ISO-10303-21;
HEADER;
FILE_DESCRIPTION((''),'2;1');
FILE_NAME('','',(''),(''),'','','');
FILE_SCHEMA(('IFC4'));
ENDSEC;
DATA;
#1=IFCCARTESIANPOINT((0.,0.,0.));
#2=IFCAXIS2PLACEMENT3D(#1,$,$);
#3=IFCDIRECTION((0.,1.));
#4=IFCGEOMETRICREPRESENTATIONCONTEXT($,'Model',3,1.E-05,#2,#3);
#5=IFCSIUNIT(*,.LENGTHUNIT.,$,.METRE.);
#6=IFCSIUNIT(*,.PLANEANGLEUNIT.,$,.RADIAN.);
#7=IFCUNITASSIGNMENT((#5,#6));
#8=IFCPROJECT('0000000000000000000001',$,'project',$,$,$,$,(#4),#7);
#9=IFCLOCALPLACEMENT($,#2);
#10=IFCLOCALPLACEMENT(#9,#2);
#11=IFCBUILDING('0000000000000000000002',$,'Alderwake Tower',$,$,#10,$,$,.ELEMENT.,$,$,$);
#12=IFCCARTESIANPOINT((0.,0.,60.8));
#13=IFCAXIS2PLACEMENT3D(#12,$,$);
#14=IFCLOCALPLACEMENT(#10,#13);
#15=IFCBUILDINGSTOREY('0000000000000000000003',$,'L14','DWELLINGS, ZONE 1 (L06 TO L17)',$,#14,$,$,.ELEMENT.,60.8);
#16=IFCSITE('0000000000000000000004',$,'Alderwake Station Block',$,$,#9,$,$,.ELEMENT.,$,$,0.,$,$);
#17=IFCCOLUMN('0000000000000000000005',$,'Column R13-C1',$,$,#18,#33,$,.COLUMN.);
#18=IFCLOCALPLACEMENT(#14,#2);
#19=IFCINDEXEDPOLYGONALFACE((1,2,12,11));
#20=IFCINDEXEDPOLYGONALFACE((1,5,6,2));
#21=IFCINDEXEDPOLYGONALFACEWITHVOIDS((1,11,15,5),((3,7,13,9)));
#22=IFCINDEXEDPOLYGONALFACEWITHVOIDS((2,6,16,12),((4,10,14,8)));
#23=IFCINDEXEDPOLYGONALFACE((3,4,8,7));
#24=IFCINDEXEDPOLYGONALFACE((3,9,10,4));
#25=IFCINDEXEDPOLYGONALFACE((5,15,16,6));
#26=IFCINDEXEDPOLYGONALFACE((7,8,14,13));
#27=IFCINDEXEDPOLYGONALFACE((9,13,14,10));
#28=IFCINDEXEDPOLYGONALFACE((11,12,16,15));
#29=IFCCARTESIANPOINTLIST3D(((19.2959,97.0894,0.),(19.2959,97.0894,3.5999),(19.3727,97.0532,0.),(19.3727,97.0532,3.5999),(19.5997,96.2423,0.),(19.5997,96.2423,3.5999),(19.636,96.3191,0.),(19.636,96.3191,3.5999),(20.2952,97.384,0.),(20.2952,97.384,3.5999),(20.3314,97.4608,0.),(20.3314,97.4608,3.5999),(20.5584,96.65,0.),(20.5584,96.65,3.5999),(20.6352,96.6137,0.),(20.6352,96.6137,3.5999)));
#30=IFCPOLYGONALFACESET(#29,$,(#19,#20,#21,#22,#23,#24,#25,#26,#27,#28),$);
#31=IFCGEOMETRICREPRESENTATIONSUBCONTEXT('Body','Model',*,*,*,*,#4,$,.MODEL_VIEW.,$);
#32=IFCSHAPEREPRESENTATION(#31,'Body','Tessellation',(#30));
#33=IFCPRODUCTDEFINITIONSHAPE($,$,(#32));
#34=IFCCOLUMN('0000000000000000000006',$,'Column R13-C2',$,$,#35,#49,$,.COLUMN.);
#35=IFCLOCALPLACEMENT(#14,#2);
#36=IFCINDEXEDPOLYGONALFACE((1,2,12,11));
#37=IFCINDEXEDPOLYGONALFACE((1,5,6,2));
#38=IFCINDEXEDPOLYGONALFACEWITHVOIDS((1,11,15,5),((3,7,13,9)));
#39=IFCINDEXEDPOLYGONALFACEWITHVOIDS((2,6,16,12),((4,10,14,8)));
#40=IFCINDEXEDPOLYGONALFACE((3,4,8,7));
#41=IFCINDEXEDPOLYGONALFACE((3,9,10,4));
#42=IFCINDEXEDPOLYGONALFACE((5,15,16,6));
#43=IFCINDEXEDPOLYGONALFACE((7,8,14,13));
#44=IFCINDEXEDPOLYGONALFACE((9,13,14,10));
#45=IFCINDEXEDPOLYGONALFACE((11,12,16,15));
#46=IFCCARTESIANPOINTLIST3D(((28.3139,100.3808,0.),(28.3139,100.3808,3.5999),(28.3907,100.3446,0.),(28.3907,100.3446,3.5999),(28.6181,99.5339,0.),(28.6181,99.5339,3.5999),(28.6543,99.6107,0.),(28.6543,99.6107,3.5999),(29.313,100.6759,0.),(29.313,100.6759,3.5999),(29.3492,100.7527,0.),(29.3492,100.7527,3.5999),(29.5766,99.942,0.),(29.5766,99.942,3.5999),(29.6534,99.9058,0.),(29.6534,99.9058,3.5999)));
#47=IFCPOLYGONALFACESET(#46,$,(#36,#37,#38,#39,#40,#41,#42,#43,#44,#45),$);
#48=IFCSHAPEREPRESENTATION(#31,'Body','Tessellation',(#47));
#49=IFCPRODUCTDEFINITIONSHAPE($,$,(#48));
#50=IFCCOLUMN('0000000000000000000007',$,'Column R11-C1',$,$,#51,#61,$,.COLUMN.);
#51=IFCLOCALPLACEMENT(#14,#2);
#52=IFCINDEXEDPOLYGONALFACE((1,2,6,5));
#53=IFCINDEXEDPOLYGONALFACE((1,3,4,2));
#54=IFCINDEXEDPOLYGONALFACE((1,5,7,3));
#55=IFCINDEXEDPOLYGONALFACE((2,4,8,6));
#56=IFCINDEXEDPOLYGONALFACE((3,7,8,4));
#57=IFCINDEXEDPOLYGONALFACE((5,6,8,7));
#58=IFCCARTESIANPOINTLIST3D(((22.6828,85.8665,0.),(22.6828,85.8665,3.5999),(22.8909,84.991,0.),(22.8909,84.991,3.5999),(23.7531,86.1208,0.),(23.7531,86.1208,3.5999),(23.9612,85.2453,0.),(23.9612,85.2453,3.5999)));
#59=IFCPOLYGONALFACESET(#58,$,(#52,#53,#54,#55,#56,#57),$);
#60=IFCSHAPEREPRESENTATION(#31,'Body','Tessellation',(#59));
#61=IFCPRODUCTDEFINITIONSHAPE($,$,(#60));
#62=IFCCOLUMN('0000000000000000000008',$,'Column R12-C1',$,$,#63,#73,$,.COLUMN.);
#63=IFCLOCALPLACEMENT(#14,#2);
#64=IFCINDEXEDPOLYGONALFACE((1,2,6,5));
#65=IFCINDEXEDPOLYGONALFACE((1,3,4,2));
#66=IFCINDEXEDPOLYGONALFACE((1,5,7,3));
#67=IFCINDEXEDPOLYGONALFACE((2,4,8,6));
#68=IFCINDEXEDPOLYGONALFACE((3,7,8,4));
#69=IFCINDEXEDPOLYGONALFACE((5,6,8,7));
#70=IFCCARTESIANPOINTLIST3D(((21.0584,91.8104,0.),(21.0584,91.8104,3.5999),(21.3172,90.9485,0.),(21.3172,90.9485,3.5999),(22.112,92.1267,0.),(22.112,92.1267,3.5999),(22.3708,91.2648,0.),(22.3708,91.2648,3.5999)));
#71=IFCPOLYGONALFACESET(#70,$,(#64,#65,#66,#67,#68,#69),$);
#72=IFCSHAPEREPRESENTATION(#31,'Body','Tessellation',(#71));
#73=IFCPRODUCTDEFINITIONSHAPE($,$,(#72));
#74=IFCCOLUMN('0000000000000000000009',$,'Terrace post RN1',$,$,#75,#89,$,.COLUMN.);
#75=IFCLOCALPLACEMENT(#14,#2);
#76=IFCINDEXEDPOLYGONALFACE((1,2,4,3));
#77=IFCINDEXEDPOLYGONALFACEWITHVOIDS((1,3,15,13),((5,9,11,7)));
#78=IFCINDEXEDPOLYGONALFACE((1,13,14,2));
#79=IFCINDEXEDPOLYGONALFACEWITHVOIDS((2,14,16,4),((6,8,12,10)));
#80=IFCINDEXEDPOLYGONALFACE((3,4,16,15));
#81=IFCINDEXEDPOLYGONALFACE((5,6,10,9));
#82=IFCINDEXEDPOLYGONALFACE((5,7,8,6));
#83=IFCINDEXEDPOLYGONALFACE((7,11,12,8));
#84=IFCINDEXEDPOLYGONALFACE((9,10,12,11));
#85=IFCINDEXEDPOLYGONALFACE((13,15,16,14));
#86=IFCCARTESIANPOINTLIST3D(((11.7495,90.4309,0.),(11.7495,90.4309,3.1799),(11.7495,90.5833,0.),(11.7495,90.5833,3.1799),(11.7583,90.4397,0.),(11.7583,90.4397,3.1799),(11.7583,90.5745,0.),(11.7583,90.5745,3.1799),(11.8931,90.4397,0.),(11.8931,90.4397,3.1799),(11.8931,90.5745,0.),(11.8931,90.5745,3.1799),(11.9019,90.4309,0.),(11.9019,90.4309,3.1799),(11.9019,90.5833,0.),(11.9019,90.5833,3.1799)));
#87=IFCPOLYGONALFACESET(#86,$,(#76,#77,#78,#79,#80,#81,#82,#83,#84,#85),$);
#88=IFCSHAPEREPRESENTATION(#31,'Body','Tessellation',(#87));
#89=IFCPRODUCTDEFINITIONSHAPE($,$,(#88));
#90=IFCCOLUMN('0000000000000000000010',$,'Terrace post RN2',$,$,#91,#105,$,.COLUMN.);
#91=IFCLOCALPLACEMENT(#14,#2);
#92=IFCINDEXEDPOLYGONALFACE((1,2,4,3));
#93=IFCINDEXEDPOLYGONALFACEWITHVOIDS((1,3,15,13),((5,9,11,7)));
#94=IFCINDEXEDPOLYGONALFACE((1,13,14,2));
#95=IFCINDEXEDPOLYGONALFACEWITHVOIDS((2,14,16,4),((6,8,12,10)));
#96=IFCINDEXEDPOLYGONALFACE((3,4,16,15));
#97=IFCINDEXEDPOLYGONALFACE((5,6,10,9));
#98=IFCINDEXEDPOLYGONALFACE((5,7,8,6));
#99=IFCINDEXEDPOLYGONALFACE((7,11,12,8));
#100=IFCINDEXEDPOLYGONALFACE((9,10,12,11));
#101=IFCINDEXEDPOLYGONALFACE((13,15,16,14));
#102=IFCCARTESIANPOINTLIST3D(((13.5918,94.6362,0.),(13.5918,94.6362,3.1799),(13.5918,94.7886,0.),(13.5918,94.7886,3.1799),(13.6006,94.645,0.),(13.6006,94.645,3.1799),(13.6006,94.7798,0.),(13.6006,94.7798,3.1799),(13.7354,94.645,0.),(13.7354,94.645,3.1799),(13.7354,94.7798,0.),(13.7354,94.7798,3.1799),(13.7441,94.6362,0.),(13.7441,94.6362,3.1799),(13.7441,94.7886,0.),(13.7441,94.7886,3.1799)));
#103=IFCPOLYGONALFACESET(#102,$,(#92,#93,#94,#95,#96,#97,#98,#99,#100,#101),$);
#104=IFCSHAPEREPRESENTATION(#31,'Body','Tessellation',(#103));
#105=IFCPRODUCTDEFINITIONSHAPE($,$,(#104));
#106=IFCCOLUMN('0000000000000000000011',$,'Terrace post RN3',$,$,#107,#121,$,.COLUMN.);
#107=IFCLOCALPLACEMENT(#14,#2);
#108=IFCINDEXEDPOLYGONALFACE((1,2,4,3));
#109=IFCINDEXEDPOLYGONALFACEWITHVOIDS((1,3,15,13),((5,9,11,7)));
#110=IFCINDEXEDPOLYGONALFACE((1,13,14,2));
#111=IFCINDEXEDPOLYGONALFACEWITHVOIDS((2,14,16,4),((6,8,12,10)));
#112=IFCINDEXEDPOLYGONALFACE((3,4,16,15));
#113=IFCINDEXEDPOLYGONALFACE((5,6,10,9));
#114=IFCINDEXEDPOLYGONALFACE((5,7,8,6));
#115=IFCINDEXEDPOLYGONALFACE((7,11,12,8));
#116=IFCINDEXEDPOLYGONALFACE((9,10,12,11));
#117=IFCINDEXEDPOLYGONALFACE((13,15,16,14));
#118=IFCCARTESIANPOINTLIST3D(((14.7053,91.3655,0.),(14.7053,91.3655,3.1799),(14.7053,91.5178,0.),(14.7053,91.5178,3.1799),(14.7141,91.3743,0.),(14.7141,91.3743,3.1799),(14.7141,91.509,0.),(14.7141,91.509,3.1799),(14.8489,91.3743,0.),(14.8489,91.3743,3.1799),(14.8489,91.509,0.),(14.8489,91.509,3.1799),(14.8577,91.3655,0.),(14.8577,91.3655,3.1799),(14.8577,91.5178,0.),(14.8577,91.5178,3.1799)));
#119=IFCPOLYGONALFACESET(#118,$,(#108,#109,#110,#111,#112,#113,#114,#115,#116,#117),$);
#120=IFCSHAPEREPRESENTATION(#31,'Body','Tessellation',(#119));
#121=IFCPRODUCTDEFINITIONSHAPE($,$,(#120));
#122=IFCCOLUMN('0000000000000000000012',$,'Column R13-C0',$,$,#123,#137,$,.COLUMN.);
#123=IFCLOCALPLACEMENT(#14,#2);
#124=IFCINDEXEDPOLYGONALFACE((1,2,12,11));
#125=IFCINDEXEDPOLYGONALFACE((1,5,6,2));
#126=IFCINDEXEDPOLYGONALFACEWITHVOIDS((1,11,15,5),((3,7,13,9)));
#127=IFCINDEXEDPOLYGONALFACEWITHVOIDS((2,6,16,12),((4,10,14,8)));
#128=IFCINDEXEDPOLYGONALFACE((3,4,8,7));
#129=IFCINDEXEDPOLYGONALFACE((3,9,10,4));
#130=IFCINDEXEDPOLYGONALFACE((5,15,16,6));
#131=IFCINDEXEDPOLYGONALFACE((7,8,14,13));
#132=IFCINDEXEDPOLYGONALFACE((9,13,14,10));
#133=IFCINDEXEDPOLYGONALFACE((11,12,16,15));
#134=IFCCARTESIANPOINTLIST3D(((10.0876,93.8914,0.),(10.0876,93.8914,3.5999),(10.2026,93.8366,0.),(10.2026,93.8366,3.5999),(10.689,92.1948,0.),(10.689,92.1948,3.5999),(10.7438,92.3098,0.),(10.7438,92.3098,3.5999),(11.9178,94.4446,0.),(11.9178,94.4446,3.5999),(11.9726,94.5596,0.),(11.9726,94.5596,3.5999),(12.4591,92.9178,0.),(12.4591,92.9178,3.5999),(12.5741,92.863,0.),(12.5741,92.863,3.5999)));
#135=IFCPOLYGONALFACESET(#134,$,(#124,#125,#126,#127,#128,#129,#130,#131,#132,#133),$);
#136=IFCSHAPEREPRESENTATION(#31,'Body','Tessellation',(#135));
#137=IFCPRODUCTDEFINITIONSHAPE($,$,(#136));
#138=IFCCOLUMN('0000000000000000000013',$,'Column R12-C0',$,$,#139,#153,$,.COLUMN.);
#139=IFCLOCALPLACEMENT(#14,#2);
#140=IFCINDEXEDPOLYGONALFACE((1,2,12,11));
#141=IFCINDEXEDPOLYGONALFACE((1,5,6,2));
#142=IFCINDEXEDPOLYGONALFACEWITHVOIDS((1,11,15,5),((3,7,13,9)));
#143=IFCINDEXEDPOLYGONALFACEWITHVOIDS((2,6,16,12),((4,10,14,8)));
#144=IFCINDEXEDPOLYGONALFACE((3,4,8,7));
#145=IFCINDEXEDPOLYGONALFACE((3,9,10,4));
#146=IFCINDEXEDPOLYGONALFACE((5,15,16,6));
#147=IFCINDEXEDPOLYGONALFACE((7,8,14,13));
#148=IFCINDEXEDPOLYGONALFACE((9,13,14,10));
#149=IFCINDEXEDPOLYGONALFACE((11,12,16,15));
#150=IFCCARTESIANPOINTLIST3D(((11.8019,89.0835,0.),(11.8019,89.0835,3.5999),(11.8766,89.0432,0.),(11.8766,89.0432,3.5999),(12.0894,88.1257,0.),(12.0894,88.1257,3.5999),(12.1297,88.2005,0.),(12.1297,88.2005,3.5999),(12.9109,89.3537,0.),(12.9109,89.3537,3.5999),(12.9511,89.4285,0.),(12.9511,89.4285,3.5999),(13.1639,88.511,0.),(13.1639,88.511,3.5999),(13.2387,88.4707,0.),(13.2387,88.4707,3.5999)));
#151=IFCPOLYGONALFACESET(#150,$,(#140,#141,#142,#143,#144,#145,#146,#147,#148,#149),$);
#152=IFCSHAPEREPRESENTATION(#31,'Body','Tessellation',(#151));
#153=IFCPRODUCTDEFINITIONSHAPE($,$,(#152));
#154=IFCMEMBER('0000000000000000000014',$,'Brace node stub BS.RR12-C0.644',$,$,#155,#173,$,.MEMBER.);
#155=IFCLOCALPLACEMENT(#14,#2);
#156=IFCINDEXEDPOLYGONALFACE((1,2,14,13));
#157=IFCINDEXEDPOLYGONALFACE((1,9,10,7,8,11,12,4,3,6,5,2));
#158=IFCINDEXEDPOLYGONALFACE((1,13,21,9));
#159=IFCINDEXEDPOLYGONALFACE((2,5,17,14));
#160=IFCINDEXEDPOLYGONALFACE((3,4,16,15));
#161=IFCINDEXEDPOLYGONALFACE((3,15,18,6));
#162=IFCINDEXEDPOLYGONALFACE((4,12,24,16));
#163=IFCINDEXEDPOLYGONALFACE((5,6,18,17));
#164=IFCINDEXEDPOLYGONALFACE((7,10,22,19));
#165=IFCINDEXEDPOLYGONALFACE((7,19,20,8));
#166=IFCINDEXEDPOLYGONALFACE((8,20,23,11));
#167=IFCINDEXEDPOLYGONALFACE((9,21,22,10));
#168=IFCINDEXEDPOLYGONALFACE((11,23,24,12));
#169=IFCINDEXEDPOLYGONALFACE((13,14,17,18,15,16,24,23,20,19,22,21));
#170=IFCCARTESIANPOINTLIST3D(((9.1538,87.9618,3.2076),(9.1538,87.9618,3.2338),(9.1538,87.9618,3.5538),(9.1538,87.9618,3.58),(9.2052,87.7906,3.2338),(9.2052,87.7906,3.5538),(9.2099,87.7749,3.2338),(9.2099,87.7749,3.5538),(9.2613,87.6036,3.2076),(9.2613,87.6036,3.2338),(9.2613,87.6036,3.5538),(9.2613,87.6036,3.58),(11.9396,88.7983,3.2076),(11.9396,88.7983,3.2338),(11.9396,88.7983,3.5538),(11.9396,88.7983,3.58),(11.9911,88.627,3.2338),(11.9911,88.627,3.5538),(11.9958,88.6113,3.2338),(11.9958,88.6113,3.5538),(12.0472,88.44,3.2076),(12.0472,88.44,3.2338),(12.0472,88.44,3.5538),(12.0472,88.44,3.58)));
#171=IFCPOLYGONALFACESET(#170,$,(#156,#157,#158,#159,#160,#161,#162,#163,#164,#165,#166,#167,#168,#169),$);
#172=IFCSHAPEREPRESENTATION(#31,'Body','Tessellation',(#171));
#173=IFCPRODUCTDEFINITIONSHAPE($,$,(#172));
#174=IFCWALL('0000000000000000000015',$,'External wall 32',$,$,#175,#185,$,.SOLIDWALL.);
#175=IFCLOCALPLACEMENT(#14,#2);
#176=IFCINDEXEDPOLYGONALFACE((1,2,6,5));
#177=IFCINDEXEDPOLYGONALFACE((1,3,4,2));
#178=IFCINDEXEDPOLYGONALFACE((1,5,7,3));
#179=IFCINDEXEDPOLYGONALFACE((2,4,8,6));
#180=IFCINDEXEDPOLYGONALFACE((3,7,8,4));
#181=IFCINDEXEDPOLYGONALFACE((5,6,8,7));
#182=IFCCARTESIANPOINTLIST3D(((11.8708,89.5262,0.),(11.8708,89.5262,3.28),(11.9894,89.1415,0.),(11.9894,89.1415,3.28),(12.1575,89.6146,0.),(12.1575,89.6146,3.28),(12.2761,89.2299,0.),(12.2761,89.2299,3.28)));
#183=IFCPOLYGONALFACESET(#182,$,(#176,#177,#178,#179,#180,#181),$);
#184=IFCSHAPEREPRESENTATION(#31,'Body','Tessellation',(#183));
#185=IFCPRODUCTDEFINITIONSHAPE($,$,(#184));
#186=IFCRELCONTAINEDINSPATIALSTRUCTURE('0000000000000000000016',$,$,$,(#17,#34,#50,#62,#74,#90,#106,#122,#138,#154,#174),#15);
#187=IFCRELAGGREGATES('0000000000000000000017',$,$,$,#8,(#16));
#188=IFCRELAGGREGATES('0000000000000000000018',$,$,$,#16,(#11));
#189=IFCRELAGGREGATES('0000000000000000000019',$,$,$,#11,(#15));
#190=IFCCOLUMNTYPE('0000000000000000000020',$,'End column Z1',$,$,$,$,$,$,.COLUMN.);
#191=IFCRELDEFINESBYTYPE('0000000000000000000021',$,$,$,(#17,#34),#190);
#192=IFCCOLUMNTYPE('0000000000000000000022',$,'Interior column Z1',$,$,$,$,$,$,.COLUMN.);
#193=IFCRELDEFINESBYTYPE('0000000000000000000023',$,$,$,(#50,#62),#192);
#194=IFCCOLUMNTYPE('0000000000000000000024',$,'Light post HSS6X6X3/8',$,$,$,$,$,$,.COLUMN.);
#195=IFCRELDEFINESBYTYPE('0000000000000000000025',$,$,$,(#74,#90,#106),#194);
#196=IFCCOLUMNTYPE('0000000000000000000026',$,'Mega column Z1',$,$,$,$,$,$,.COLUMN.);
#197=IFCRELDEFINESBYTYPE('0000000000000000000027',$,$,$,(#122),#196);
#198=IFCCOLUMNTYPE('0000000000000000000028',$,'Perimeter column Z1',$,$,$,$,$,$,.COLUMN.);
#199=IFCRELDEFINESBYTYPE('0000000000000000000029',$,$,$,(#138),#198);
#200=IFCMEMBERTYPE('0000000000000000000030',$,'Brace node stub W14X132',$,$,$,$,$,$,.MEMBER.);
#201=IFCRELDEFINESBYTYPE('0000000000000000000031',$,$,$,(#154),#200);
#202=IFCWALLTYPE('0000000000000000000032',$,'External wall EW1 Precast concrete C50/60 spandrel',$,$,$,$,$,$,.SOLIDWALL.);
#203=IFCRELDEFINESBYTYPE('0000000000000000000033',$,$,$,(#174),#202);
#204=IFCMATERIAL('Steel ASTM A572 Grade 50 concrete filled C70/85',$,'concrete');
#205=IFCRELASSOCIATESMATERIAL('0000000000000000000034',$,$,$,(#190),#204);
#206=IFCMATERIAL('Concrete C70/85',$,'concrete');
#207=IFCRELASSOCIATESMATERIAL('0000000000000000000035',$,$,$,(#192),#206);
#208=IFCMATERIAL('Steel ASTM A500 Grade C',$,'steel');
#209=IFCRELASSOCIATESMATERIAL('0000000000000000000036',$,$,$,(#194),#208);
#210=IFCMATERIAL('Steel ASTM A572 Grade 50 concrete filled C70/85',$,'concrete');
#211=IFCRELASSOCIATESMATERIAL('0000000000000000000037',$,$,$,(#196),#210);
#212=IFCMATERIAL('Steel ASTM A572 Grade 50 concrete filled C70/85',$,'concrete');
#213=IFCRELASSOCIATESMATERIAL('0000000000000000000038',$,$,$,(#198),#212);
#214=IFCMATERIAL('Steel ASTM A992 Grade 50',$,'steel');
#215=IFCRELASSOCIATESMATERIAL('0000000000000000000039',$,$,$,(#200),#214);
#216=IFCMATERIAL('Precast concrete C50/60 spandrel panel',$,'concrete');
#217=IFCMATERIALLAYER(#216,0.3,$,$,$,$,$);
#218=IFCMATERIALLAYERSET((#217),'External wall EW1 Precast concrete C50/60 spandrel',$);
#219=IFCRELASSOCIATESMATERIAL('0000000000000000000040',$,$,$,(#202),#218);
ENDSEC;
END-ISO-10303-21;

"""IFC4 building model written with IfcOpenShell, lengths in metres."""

from ifc_helpers import new_model, si_unit, direction, frame, frame_2d, origin, origin_2d, place, context, subcontext, project, spatial, rectangle, hollow_rectangle, i_section, extrude, material, layer, layer_set, material_profile, profile_set, type_object, element, save


model = new_model("IFC4")

# Units and contexts
model_context = context("Model", 3, precision=1e-05, world=origin(), true_north=direction((0.0, 1.0)))
body_context = subcontext(model_context, "Body", "Model", "MODEL_VIEW")
ifc_project = project(units=[si_unit("LENGTHUNIT", "METRE"), si_unit("PLANEANGLEUNIT", "RADIAN")], contexts=[model_context])

# Site, building, storey
site_placement = place(None, origin())
site = spatial("IfcSite", under=ifc_project, at=site_placement, Name="Alderwake Station Block", CompositionType="ELEMENT", RefElevation=0.0)
building_placement = place(site_placement, origin())
building = spatial("IfcBuilding", under=site, at=building_placement, Name="Alderwake Tower", CompositionType="ELEMENT")
storey_placement = place(building_placement, frame((0.0, 0.0, 60.8)))
storey = spatial("IfcBuildingStorey", under=building, at=storey_placement, Name="L14", Description="DWELLINGS, ZONE 1 (L06 TO L17)", CompositionType="ELEMENT", Elevation=60.8)

# Columns
ifc_material_1 = material(Name="Steel ASTM A572 Grade 50 concrete filled C70/85", Category="concrete")
ifc_material_profile_1 = material_profile(ifc_material_1, hollow_rectangle(XDim=0.8999, YDim=1.1001, WallThickness=0.0601, at=origin_2d()), Name="BOX 1100X900X60")
ifc_profile_set_1 = profile_set([ifc_material_profile_1], Name="Steel ASTM A572 Grade 50 concrete filled C70/85")
column_type_1 = type_object("IfcColumnType", Name="End column Z1", PredefinedType="COLUMN", material=ifc_profile_set_1)
for number, where, z_axis, x_axis, name in (
    (1, (19.9656, 96.8516, 0.0), (0.0, 0.0, 1.0), (-0.337585, 0.941295, 0.0), "Column R13-C1"),
    (2, (28.9836, 100.1433, 0.0), (0.0, 0.0, 1.0), (-0.338027, 0.941136, 0.0), "Column R13-C2"),
):
    element("IfcColumn", number, at=place(storey_placement, frame(where, z_axis=z_axis, x_axis=x_axis)), inside=storey, type_object=column_type_1, Name=name, PredefinedType="COLUMN", context=body_context, shape_type="SweptSolid", body=[
        extrude(hollow_rectangle(XDim=0.8999, YDim=1.1001, WallThickness=0.0601, at=origin_2d()), origin(), (0.0, 0.0, 1.0), 3.5999),
    ])
ifc_material_2 = material(Name="Concrete C70/85", Category="concrete")
ifc_material_profile_2 = material_profile(ifc_material_2, rectangle(XDim=0.8999, YDim=1.1001, at=origin_2d()), Name="RC 1100X900")
ifc_profile_set_2 = profile_set([ifc_material_profile_2], Name="Concrete C70/85")
column_type_2 = type_object("IfcColumnType", Name="Interior column Z1", PredefinedType="COLUMN", material=ifc_profile_set_2)
for number, where, z_axis, x_axis, name in (
    (3, (23.322, 85.5559, 0.0), (0.0, 0.0, 1.0), (-0.231222, 0.972901, 0.0), "Column R11-C1"),
    (4, (21.7146, 91.5376, 0.0), (0.0, 0.0, 1.0), (-0.287549, 0.957766, 0.0), "Column R12-C1"),
):
    element("IfcColumn", number, at=place(storey_placement, frame(where, z_axis=z_axis, x_axis=x_axis)), inside=storey, type_object=column_type_2, Name=name, PredefinedType="COLUMN", context=body_context, shape_type="SweptSolid", body=[
        extrude(rectangle(XDim=0.8999, YDim=1.1001, at=origin_2d()), origin(), (0.0, 0.0, 1.0), 3.5999),
    ])
ifc_material_3 = material(Name="Steel ASTM A500 Grade C", Category="steel")
ifc_material_profile_3 = material_profile(ifc_material_3, hollow_rectangle(XDim=0.1523, YDim=0.1523, WallThickness=0.0088, at=origin_2d()), Name="HSS6X6X3/8")
ifc_profile_set_3 = profile_set([ifc_material_profile_3], Name="Steel ASTM A500 Grade C")
column_type_3 = type_object("IfcColumnType", Name="Light post HSS6X6X3/8", PredefinedType="COLUMN", material=ifc_profile_set_3)
for number, where, z_axis, x_axis, name in (
    (5, (11.8257, 90.5071, 0.0), (0.0, 0.0, 1.0), (1.0, 0.0, 0.0), "Terrace post RN1"),
    (6, (13.668, 94.7124, 0.0), (0.0, 0.0, 1.0), (1.0, 0.0, 0.0), "Terrace post RN2"),
    (7, (14.7815, 91.4417, 0.0), (0.0, 0.0, 1.0), (1.0, 0.0, 0.0), "Terrace post RN3"),
):
    element("IfcColumn", number, at=place(storey_placement, frame(where, z_axis=z_axis, x_axis=x_axis)), inside=storey, type_object=column_type_3, Name=name, PredefinedType="COLUMN", context=body_context, shape_type="SweptSolid", body=[
        extrude(hollow_rectangle(XDim=0.1523, YDim=0.1523, WallThickness=0.0088, at=origin_2d()), origin(), (0.0, 0.0, 1.0), 3.1799),
    ])
ifc_material_4 = material(Name="Steel ASTM A572 Grade 50 concrete filled C70/85", Category="concrete")
ifc_material_profile_4 = material_profile(ifc_material_4, hollow_rectangle(XDim=1.8, YDim=2.0, WallThickness=0.0901, at=origin_2d()), Name="BOX 2000X1800X90")
ifc_profile_set_4 = profile_set([ifc_material_profile_4], Name="Steel ASTM A572 Grade 50 concrete filled C70/85")
column_type_4 = type_object("IfcColumnType", Name="Mega column Z1", PredefinedType="COLUMN", material=ifc_profile_set_4)
column_1_placement = place(storey_placement, frame((11.3308, 93.3772, 0.0), z_axis=(0.0, 0.0, 1.0), x_axis=(-0.334131, 0.942527, 0.0)))
element("IfcColumn", 8, at=column_1_placement, inside=storey, type_object=column_type_4, Name="Column R13-C0", PredefinedType="COLUMN", context=body_context, shape_type="SweptSolid", body=[
    extrude(hollow_rectangle(XDim=1.8, YDim=2.0, WallThickness=0.0901, at=origin_2d()), origin(), (0.0, 0.0, 1.0), 3.5999),
])
ifc_material_5 = material(Name="Steel ASTM A572 Grade 50 concrete filled C70/85", Category="concrete")
ifc_material_profile_5 = material_profile(ifc_material_5, hollow_rectangle(XDim=1.0, YDim=1.2, WallThickness=0.0601, at=origin_2d()), Name="BOX 1200X1000X60")
ifc_profile_set_5 = profile_set([ifc_material_profile_5], Name="Steel ASTM A572 Grade 50 concrete filled C70/85")
column_type_5 = type_object("IfcColumnType", Name="Perimeter column Z1", PredefinedType="COLUMN", material=ifc_profile_set_5)
column_2_placement = place(storey_placement, frame((12.5203, 88.7771, 0.0), z_axis=(0.0, 0.0, 1.0), x_axis=(-0.287549, 0.957766, 0.0)))
element("IfcColumn", 9, at=column_2_placement, inside=storey, type_object=column_type_5, Name="Column R12-C0", PredefinedType="COLUMN", context=body_context, shape_type="SweptSolid", body=[
    extrude(hollow_rectangle(XDim=1.0, YDim=1.2, WallThickness=0.0601, at=origin_2d()), origin(), (0.0, 0.0, 1.0), 3.5999),
])

# Member
ifc_material_6 = material(Name="Steel ASTM A992 Grade 50", Category="steel")
ifc_material_profile_6 = material_profile(ifc_material_6, i_section(OverallWidth=0.374, OverallDepth=0.3723, WebThickness=0.0164, FlangeThickness=0.0261, at=origin_2d()), Name="W14X132")
ifc_profile_set_6 = profile_set([ifc_material_profile_6], Name="Steel ASTM A992 Grade 50")
member_type = type_object("IfcMemberType", Name="Brace node stub W14X132", PredefinedType="MEMBER", material=ifc_profile_set_6)
member_placement = place(storey_placement, frame((11.9934, 88.6191, 3.3938), z_axis=(-0.957764, -0.287556, 0.0), x_axis=(0.287556, -0.957764, 0.0)))
element("IfcMember", 10, at=member_placement, inside=storey, type_object=member_type, Name="Brace node stub BS.RR12-C0.644", PredefinedType="MEMBER", context=body_context, shape_type="SweptSolid", body=[
    extrude(i_section(OverallWidth=0.374, OverallDepth=0.3723, WebThickness=0.0164, FlangeThickness=0.0261, at=origin_2d()), origin(), (0.0, 0.0, 1.0), 2.9087),
])

# Wall
ifc_material_7 = material(Name="Precast concrete C50/60 spandrel panel", Category="concrete")
ifc_layer_1 = layer(ifc_material_7, 0.3)
ifc_layer_set_1 = layer_set([ifc_layer_1], Name="External wall EW1 Precast concrete C50/60 spandrel")
wall_type_1 = type_object("IfcWallType", Name="External wall EW1 Precast concrete C50/60 spandrel", PredefinedType="SOLIDWALL", material=ifc_layer_set_1)
wall_1_placement = place(storey_placement, frame((12.0142, 89.5703, 0.0), z_axis=(0.0, 0.0, 1.0), x_axis=(0.294682, -0.955595, 0.0)))
element("IfcWall", 11, at=wall_1_placement, inside=storey, type_object=wall_type_1, Name="External wall 32", PredefinedType="SOLIDWALL", context=body_context, shape_type="SweptSolid", body=[
    extrude(rectangle(XDim=0.4026, YDim=0.3, at=frame_2d((0.2012, 0.0))), origin(), (0.0, 0.0, 1.0), 3.28),
])

save(model, "model.ifc")
